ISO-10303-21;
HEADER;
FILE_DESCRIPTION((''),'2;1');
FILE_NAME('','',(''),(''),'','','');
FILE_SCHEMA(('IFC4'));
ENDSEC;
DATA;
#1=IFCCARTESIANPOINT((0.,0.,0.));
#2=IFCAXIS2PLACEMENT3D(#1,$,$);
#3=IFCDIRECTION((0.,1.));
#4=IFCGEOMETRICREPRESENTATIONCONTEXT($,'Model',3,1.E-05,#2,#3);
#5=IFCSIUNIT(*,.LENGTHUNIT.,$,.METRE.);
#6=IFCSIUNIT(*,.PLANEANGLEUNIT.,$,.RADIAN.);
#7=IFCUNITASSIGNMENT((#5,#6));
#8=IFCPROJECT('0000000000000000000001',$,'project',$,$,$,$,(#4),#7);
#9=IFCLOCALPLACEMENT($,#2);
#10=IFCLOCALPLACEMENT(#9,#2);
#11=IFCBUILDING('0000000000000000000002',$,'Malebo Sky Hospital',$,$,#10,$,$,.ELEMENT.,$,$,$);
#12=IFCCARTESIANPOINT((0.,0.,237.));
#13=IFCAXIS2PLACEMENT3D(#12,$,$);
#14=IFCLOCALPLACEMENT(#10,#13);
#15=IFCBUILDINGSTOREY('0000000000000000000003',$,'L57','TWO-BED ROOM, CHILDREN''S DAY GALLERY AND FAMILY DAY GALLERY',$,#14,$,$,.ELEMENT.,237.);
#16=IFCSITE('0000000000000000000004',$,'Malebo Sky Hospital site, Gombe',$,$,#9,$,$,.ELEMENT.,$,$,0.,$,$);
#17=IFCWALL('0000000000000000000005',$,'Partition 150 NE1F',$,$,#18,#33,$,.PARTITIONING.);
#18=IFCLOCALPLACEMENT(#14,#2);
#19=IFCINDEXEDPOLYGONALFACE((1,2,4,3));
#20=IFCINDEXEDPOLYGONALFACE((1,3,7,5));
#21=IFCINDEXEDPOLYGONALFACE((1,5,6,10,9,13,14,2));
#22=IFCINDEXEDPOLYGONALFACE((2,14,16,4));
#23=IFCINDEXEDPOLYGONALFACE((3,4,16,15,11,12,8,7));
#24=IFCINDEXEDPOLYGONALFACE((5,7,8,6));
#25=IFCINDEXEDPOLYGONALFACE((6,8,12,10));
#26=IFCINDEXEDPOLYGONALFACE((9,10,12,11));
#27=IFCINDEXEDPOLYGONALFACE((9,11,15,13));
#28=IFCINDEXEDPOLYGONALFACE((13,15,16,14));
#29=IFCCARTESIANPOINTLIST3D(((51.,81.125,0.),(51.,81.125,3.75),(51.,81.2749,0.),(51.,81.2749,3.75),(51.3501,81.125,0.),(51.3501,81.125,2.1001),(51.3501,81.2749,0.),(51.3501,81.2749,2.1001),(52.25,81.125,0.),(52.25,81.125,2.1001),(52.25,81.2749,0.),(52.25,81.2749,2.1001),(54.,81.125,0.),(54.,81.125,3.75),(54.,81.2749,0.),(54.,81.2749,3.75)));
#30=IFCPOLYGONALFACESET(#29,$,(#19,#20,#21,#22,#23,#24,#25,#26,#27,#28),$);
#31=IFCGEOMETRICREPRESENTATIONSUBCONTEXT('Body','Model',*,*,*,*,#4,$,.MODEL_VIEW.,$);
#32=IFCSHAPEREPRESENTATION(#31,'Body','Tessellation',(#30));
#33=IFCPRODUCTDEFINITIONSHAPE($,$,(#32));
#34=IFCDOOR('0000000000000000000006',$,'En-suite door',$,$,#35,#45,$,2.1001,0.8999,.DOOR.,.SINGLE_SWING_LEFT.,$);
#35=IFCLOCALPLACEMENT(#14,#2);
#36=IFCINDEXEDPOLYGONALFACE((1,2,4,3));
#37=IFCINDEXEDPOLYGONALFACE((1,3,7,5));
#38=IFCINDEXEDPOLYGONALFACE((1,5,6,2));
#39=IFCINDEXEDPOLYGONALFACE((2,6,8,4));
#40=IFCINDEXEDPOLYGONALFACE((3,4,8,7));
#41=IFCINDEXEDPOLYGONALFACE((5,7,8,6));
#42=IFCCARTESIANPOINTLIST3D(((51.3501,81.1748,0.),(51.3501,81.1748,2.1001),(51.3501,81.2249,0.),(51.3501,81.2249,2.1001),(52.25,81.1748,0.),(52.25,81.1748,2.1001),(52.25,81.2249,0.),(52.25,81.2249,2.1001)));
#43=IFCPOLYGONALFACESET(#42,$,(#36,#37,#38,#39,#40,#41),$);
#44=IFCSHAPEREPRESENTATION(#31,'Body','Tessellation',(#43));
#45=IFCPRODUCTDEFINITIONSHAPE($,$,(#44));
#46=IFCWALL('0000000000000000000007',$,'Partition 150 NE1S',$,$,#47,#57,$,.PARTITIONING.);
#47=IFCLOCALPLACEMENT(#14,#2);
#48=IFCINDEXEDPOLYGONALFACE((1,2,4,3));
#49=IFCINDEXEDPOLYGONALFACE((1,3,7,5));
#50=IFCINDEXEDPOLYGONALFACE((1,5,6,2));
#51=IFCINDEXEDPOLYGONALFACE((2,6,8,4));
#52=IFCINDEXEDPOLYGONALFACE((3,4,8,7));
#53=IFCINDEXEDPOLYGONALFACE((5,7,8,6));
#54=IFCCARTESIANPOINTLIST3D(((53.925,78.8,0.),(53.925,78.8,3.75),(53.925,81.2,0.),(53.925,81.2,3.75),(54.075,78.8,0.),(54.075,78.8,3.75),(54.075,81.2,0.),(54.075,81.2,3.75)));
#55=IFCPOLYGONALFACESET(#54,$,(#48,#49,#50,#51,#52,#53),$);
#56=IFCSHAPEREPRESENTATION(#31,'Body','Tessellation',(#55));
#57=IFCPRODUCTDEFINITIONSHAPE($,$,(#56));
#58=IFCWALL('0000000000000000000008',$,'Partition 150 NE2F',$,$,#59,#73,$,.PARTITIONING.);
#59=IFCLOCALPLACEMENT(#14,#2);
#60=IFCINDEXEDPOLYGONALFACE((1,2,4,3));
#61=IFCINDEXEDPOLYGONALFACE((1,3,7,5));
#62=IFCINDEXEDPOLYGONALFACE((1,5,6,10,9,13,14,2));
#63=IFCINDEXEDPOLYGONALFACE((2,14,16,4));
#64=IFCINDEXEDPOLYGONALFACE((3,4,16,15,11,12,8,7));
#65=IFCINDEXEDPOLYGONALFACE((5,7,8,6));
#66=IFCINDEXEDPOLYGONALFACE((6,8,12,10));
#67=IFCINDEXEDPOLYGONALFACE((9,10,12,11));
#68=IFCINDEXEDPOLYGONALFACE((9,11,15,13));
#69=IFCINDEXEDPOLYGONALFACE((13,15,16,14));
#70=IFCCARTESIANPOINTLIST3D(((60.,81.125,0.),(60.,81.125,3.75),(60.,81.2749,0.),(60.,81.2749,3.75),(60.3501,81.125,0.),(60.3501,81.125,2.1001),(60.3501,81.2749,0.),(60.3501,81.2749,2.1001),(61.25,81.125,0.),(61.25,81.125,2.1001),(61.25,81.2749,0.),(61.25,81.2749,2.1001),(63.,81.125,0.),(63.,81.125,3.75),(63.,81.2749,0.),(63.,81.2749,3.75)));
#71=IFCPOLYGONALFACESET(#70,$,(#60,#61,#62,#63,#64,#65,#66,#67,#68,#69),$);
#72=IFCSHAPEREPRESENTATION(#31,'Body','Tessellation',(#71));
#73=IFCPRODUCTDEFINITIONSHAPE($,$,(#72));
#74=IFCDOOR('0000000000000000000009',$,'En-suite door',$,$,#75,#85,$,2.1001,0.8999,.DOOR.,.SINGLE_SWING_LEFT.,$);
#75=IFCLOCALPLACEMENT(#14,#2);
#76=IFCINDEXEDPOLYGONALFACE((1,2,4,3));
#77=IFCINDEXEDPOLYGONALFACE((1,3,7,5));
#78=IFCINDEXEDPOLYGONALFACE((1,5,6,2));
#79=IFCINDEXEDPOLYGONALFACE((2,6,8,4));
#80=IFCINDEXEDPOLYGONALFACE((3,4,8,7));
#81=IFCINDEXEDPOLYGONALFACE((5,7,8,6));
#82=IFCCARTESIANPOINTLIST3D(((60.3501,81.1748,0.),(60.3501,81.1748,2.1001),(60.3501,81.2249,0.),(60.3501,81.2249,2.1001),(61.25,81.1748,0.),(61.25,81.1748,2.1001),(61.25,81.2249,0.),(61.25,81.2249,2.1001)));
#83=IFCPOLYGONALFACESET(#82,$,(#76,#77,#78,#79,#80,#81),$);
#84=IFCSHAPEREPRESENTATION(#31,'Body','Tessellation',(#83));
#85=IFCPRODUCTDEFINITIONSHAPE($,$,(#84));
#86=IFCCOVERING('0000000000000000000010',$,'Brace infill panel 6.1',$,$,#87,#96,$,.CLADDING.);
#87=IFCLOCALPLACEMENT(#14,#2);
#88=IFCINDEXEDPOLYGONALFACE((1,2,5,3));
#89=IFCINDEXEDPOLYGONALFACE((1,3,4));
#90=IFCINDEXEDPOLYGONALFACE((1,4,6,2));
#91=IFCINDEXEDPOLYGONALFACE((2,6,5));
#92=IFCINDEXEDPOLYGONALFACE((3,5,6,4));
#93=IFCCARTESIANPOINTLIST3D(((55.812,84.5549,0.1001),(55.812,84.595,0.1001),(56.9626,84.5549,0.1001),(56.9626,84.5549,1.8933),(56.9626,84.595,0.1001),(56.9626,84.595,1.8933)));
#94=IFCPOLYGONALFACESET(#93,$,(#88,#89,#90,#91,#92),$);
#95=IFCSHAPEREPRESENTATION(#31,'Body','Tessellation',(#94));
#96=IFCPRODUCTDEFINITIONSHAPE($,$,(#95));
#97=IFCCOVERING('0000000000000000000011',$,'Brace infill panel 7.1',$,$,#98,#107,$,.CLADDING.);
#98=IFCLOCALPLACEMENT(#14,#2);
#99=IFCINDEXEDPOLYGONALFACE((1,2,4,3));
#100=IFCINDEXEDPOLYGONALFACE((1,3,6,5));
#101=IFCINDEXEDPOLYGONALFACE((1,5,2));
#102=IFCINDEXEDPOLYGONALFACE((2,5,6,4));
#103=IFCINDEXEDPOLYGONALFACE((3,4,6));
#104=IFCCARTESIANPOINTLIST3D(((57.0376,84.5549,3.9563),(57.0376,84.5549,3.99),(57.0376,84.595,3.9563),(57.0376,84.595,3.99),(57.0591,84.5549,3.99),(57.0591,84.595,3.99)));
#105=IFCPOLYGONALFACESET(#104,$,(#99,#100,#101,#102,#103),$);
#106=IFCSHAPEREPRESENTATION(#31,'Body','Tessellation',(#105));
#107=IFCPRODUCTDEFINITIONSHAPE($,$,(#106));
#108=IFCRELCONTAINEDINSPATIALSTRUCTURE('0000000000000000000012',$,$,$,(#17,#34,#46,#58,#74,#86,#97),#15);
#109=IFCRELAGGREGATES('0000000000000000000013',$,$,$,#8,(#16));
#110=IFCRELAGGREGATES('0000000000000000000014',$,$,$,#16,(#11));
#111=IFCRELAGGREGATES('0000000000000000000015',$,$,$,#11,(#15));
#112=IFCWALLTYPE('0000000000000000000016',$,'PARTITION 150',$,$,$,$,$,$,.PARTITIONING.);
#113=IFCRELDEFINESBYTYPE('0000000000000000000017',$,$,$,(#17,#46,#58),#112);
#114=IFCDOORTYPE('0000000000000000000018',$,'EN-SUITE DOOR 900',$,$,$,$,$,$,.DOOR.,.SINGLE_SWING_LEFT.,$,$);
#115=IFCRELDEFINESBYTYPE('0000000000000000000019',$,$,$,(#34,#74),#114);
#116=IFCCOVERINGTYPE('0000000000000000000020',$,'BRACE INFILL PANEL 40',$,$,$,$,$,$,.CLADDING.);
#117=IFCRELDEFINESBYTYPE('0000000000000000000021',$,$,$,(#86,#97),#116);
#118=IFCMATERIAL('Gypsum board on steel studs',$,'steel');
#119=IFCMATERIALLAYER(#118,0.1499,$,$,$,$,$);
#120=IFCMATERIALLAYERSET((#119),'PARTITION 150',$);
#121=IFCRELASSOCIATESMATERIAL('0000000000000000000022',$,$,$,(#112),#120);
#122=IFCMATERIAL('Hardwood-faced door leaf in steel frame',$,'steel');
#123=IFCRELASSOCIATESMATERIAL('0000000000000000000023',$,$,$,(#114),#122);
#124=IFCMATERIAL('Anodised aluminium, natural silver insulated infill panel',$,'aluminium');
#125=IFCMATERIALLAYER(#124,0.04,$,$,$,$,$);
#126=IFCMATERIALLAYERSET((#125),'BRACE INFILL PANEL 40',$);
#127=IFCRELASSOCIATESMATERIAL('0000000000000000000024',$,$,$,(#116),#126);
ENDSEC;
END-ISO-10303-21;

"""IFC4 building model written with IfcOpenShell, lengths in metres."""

from ifc_helpers import new_model, si_unit, direction, frame, frame_2d, origin, place, context, subcontext, project, spatial, polyline, rectangle, outline, extrude, material, layer, layer_set, type_object, element, fill, save


model = new_model("IFC4")

# Units and contexts
model_context = context("Model", 3, precision=1e-05, world=origin(), true_north=direction((0.0, 1.0)))
body_context = subcontext(model_context, "Body", "Model", "MODEL_VIEW")
ifc_project = project(units=[si_unit("LENGTHUNIT", "METRE"), si_unit("PLANEANGLEUNIT", "RADIAN")], contexts=[model_context])

# Site, building, storey
site_placement = place(None, origin())
site = spatial("IfcSite", under=ifc_project, at=site_placement, Name="Malebo Sky Hospital site, Gombe", CompositionType="ELEMENT", RefElevation=0.0)
building_placement = place(site_placement, origin())
building = spatial("IfcBuilding", under=site, at=building_placement, Name="Malebo Sky Hospital", CompositionType="ELEMENT")
storey_placement = place(building_placement, frame((0.0, 0.0, 237.0)))
storey = spatial("IfcBuildingStorey", under=building, at=storey_placement, Name="L57", Description="TWO-BED ROOM, CHILDREN'S DAY GALLERY AND FAMILY DAY GALLERY", CompositionType="ELEMENT", Elevation=237.0)

# Shared definitions
ifc_material_1 = material(Name="Gypsum board on steel studs", Category="steel")
ifc_layer_1 = layer(ifc_material_1, 0.1499)
ifc_layer_set_1 = layer_set([ifc_layer_1], Name="PARTITION 150")
wall_type = type_object("IfcWallType", Name="PARTITION 150", PredefinedType="PARTITIONING", material=ifc_layer_set_1)

# Wall, opening, door
wall_1_placement = place(storey_placement, frame((51.0, 81.2, 0.0), z_axis=(0.0, 0.0, 1.0), x_axis=(1.0, 0.0, 0.0)))
wall_1 = element("IfcWall", 1, at=wall_1_placement, inside=storey, type_object=wall_type, Name="Partition 150 NE1F", PredefinedType="PARTITIONING", context=body_context, shape_type="SweptSolid", body=[
    extrude(rectangle(XDim=3.0, YDim=0.1499, at=frame_2d((1.5, 0.0))), origin(), (0.0, 0.0, 1.0), 3.75),
])
opening_1_placement = place(wall_1_placement, frame((0.3501, 0.0, 0.0)))
opening_1 = element("IfcOpeningElement", 2, at=opening_1_placement, cuts=wall_1, PredefinedType="OPENING", context=body_context, shape_type="SweptSolid", body=[
    extrude(rectangle(XDim=0.8999, YDim=2.1001, at=frame_2d((0.45, 1.05))), frame((0.0, 0.085, 0.0), z_axis=(0.0, -1.0, 0.0), x_axis=(1.0, 0.0, 0.0)), (0.0, 0.0, 1.0), 0.1699),
])
ifc_material_2 = material(Name="Hardwood-faced door leaf in steel frame", Category="steel")
door_type = type_object("IfcDoorType", Name="EN-SUITE DOOR 900", OperationType="SINGLE_SWING_LEFT", PredefinedType="DOOR", material=ifc_material_2)
door_1_placement = place(opening_1_placement, origin())
door_1 = element("IfcDoor", 3, at=door_1_placement, inside=storey, type_object=door_type, Name="En-suite door", OperationType="SINGLE_SWING_LEFT", OverallHeight=2.1001, OverallWidth=0.8999, PredefinedType="DOOR", context=body_context, shape_type="SweptSolid", body=[
    extrude(rectangle(XDim=0.8999, YDim=2.1001, at=frame_2d((0.45, 1.05))), frame((0.0, 0.0249, 0.0), z_axis=(0.0, -1.0, 0.0), x_axis=(1.0, 0.0, 0.0)), (0.0, 0.0, 1.0), 0.05),
])
fill(opening_1, door_1)

# Wall
wall_2_placement = place(storey_placement, frame((54.0, 78.8, 0.0), z_axis=(0.0, 0.0, 1.0), x_axis=(0.0, 1.0, 0.0)))
element("IfcWall", 4, at=wall_2_placement, inside=storey, type_object=wall_type, Name="Partition 150 NE1S", PredefinedType="PARTITIONING", context=body_context, shape_type="SweptSolid", body=[
    extrude(rectangle(XDim=2.3999, YDim=0.1499, at=frame_2d((1.2, 0.0))), origin(), (0.0, 0.0, 1.0), 3.75),
])

# Wall, opening, door
wall_3_placement = place(storey_placement, frame((60.0, 81.2, 0.0), z_axis=(0.0, 0.0, 1.0), x_axis=(1.0, 0.0, 0.0)))
wall_3 = element("IfcWall", 5, at=wall_3_placement, inside=storey, type_object=wall_type, Name="Partition 150 NE2F", PredefinedType="PARTITIONING", context=body_context, shape_type="SweptSolid", body=[
    extrude(rectangle(XDim=3.0, YDim=0.1499, at=frame_2d((1.5, 0.0))), origin(), (0.0, 0.0, 1.0), 3.75),
])
opening_2_placement = place(wall_3_placement, frame((0.3501, 0.0, 0.0)))
opening_2 = element("IfcOpeningElement", 6, at=opening_2_placement, cuts=wall_3, PredefinedType="OPENING", context=body_context, shape_type="SweptSolid", body=[
    extrude(rectangle(XDim=0.8999, YDim=2.1001, at=frame_2d((0.45, 1.05))), frame((0.0, 0.085, 0.0), z_axis=(0.0, -1.0, 0.0), x_axis=(1.0, 0.0, 0.0)), (0.0, 0.0, 1.0), 0.1699),
])
door_2_placement = place(opening_2_placement, origin())
door_2 = element("IfcDoor", 7, at=door_2_placement, inside=storey, type_object=door_type, Name="En-suite door", OperationType="SINGLE_SWING_LEFT", OverallHeight=2.1001, OverallWidth=0.8999, PredefinedType="DOOR", context=body_context, shape_type="SweptSolid", body=[
    extrude(rectangle(XDim=0.8999, YDim=2.1001, at=frame_2d((0.45, 1.05))), frame((0.0, 0.0249, 0.0), z_axis=(0.0, -1.0, 0.0), x_axis=(1.0, 0.0, 0.0)), (0.0, 0.0, 1.0), 0.05),
])
fill(opening_2, door_2)

# Coverings
ifc_material_3 = material(Name="Anodised aluminium, natural silver insulated infill panel", Category="aluminium")
ifc_layer_2 = layer(ifc_material_3, 0.04)
ifc_layer_set_2 = layer_set([ifc_layer_2], Name="BRACE INFILL PANEL 40")
covering_type = type_object("IfcCoveringType", Name="BRACE INFILL PANEL 40", PredefinedType="CLADDING", material=ifc_layer_set_2)
covering_1_placement = place(storey_placement, frame((56.3872, 84.575, 0.1001), z_axis=(0.0, 0.0, 1.0), x_axis=(1.0, 0.0, 0.0)))
element("IfcCovering", 8, at=covering_1_placement, inside=storey, type_object=covering_type, Name="Brace infill panel 6.1", PredefinedType="CLADDING", context=body_context, shape_type="SweptSolid", body=[
    extrude(outline(polyline([(-0.5752, 0.0), (0.5754, 0.0), (0.5754, 1.7932), (-0.5752, 0.0)])), frame((0.0, 0.02, 0.0), z_axis=(0.0, -1.0, 0.0), x_axis=(1.0, 0.0, 0.0)), (0.0, 0.0, 1.0), 0.04),
])
covering_2_placement = place(storey_placement, frame((57.0483, 84.575, 3.9563), z_axis=(0.0, 0.0, 1.0), x_axis=(1.0, 0.0, 0.0)))
element("IfcCovering", 9, at=covering_2_placement, inside=storey, type_object=covering_type, Name="Brace infill panel 7.1", PredefinedType="CLADDING", context=body_context, shape_type="SweptSolid", body=[
    extrude(outline(polyline([(-0.0107, 0.0), (0.0107, 0.0337), (-0.0107, 0.0337), (-0.0107, 0.0)])), frame((0.0, 0.02, 0.0), z_axis=(0.0, -1.0, 0.0), x_axis=(1.0, 0.0, 0.0)), (0.0, 0.0, 1.0), 0.04),
])

save(model, "model.ifc")
